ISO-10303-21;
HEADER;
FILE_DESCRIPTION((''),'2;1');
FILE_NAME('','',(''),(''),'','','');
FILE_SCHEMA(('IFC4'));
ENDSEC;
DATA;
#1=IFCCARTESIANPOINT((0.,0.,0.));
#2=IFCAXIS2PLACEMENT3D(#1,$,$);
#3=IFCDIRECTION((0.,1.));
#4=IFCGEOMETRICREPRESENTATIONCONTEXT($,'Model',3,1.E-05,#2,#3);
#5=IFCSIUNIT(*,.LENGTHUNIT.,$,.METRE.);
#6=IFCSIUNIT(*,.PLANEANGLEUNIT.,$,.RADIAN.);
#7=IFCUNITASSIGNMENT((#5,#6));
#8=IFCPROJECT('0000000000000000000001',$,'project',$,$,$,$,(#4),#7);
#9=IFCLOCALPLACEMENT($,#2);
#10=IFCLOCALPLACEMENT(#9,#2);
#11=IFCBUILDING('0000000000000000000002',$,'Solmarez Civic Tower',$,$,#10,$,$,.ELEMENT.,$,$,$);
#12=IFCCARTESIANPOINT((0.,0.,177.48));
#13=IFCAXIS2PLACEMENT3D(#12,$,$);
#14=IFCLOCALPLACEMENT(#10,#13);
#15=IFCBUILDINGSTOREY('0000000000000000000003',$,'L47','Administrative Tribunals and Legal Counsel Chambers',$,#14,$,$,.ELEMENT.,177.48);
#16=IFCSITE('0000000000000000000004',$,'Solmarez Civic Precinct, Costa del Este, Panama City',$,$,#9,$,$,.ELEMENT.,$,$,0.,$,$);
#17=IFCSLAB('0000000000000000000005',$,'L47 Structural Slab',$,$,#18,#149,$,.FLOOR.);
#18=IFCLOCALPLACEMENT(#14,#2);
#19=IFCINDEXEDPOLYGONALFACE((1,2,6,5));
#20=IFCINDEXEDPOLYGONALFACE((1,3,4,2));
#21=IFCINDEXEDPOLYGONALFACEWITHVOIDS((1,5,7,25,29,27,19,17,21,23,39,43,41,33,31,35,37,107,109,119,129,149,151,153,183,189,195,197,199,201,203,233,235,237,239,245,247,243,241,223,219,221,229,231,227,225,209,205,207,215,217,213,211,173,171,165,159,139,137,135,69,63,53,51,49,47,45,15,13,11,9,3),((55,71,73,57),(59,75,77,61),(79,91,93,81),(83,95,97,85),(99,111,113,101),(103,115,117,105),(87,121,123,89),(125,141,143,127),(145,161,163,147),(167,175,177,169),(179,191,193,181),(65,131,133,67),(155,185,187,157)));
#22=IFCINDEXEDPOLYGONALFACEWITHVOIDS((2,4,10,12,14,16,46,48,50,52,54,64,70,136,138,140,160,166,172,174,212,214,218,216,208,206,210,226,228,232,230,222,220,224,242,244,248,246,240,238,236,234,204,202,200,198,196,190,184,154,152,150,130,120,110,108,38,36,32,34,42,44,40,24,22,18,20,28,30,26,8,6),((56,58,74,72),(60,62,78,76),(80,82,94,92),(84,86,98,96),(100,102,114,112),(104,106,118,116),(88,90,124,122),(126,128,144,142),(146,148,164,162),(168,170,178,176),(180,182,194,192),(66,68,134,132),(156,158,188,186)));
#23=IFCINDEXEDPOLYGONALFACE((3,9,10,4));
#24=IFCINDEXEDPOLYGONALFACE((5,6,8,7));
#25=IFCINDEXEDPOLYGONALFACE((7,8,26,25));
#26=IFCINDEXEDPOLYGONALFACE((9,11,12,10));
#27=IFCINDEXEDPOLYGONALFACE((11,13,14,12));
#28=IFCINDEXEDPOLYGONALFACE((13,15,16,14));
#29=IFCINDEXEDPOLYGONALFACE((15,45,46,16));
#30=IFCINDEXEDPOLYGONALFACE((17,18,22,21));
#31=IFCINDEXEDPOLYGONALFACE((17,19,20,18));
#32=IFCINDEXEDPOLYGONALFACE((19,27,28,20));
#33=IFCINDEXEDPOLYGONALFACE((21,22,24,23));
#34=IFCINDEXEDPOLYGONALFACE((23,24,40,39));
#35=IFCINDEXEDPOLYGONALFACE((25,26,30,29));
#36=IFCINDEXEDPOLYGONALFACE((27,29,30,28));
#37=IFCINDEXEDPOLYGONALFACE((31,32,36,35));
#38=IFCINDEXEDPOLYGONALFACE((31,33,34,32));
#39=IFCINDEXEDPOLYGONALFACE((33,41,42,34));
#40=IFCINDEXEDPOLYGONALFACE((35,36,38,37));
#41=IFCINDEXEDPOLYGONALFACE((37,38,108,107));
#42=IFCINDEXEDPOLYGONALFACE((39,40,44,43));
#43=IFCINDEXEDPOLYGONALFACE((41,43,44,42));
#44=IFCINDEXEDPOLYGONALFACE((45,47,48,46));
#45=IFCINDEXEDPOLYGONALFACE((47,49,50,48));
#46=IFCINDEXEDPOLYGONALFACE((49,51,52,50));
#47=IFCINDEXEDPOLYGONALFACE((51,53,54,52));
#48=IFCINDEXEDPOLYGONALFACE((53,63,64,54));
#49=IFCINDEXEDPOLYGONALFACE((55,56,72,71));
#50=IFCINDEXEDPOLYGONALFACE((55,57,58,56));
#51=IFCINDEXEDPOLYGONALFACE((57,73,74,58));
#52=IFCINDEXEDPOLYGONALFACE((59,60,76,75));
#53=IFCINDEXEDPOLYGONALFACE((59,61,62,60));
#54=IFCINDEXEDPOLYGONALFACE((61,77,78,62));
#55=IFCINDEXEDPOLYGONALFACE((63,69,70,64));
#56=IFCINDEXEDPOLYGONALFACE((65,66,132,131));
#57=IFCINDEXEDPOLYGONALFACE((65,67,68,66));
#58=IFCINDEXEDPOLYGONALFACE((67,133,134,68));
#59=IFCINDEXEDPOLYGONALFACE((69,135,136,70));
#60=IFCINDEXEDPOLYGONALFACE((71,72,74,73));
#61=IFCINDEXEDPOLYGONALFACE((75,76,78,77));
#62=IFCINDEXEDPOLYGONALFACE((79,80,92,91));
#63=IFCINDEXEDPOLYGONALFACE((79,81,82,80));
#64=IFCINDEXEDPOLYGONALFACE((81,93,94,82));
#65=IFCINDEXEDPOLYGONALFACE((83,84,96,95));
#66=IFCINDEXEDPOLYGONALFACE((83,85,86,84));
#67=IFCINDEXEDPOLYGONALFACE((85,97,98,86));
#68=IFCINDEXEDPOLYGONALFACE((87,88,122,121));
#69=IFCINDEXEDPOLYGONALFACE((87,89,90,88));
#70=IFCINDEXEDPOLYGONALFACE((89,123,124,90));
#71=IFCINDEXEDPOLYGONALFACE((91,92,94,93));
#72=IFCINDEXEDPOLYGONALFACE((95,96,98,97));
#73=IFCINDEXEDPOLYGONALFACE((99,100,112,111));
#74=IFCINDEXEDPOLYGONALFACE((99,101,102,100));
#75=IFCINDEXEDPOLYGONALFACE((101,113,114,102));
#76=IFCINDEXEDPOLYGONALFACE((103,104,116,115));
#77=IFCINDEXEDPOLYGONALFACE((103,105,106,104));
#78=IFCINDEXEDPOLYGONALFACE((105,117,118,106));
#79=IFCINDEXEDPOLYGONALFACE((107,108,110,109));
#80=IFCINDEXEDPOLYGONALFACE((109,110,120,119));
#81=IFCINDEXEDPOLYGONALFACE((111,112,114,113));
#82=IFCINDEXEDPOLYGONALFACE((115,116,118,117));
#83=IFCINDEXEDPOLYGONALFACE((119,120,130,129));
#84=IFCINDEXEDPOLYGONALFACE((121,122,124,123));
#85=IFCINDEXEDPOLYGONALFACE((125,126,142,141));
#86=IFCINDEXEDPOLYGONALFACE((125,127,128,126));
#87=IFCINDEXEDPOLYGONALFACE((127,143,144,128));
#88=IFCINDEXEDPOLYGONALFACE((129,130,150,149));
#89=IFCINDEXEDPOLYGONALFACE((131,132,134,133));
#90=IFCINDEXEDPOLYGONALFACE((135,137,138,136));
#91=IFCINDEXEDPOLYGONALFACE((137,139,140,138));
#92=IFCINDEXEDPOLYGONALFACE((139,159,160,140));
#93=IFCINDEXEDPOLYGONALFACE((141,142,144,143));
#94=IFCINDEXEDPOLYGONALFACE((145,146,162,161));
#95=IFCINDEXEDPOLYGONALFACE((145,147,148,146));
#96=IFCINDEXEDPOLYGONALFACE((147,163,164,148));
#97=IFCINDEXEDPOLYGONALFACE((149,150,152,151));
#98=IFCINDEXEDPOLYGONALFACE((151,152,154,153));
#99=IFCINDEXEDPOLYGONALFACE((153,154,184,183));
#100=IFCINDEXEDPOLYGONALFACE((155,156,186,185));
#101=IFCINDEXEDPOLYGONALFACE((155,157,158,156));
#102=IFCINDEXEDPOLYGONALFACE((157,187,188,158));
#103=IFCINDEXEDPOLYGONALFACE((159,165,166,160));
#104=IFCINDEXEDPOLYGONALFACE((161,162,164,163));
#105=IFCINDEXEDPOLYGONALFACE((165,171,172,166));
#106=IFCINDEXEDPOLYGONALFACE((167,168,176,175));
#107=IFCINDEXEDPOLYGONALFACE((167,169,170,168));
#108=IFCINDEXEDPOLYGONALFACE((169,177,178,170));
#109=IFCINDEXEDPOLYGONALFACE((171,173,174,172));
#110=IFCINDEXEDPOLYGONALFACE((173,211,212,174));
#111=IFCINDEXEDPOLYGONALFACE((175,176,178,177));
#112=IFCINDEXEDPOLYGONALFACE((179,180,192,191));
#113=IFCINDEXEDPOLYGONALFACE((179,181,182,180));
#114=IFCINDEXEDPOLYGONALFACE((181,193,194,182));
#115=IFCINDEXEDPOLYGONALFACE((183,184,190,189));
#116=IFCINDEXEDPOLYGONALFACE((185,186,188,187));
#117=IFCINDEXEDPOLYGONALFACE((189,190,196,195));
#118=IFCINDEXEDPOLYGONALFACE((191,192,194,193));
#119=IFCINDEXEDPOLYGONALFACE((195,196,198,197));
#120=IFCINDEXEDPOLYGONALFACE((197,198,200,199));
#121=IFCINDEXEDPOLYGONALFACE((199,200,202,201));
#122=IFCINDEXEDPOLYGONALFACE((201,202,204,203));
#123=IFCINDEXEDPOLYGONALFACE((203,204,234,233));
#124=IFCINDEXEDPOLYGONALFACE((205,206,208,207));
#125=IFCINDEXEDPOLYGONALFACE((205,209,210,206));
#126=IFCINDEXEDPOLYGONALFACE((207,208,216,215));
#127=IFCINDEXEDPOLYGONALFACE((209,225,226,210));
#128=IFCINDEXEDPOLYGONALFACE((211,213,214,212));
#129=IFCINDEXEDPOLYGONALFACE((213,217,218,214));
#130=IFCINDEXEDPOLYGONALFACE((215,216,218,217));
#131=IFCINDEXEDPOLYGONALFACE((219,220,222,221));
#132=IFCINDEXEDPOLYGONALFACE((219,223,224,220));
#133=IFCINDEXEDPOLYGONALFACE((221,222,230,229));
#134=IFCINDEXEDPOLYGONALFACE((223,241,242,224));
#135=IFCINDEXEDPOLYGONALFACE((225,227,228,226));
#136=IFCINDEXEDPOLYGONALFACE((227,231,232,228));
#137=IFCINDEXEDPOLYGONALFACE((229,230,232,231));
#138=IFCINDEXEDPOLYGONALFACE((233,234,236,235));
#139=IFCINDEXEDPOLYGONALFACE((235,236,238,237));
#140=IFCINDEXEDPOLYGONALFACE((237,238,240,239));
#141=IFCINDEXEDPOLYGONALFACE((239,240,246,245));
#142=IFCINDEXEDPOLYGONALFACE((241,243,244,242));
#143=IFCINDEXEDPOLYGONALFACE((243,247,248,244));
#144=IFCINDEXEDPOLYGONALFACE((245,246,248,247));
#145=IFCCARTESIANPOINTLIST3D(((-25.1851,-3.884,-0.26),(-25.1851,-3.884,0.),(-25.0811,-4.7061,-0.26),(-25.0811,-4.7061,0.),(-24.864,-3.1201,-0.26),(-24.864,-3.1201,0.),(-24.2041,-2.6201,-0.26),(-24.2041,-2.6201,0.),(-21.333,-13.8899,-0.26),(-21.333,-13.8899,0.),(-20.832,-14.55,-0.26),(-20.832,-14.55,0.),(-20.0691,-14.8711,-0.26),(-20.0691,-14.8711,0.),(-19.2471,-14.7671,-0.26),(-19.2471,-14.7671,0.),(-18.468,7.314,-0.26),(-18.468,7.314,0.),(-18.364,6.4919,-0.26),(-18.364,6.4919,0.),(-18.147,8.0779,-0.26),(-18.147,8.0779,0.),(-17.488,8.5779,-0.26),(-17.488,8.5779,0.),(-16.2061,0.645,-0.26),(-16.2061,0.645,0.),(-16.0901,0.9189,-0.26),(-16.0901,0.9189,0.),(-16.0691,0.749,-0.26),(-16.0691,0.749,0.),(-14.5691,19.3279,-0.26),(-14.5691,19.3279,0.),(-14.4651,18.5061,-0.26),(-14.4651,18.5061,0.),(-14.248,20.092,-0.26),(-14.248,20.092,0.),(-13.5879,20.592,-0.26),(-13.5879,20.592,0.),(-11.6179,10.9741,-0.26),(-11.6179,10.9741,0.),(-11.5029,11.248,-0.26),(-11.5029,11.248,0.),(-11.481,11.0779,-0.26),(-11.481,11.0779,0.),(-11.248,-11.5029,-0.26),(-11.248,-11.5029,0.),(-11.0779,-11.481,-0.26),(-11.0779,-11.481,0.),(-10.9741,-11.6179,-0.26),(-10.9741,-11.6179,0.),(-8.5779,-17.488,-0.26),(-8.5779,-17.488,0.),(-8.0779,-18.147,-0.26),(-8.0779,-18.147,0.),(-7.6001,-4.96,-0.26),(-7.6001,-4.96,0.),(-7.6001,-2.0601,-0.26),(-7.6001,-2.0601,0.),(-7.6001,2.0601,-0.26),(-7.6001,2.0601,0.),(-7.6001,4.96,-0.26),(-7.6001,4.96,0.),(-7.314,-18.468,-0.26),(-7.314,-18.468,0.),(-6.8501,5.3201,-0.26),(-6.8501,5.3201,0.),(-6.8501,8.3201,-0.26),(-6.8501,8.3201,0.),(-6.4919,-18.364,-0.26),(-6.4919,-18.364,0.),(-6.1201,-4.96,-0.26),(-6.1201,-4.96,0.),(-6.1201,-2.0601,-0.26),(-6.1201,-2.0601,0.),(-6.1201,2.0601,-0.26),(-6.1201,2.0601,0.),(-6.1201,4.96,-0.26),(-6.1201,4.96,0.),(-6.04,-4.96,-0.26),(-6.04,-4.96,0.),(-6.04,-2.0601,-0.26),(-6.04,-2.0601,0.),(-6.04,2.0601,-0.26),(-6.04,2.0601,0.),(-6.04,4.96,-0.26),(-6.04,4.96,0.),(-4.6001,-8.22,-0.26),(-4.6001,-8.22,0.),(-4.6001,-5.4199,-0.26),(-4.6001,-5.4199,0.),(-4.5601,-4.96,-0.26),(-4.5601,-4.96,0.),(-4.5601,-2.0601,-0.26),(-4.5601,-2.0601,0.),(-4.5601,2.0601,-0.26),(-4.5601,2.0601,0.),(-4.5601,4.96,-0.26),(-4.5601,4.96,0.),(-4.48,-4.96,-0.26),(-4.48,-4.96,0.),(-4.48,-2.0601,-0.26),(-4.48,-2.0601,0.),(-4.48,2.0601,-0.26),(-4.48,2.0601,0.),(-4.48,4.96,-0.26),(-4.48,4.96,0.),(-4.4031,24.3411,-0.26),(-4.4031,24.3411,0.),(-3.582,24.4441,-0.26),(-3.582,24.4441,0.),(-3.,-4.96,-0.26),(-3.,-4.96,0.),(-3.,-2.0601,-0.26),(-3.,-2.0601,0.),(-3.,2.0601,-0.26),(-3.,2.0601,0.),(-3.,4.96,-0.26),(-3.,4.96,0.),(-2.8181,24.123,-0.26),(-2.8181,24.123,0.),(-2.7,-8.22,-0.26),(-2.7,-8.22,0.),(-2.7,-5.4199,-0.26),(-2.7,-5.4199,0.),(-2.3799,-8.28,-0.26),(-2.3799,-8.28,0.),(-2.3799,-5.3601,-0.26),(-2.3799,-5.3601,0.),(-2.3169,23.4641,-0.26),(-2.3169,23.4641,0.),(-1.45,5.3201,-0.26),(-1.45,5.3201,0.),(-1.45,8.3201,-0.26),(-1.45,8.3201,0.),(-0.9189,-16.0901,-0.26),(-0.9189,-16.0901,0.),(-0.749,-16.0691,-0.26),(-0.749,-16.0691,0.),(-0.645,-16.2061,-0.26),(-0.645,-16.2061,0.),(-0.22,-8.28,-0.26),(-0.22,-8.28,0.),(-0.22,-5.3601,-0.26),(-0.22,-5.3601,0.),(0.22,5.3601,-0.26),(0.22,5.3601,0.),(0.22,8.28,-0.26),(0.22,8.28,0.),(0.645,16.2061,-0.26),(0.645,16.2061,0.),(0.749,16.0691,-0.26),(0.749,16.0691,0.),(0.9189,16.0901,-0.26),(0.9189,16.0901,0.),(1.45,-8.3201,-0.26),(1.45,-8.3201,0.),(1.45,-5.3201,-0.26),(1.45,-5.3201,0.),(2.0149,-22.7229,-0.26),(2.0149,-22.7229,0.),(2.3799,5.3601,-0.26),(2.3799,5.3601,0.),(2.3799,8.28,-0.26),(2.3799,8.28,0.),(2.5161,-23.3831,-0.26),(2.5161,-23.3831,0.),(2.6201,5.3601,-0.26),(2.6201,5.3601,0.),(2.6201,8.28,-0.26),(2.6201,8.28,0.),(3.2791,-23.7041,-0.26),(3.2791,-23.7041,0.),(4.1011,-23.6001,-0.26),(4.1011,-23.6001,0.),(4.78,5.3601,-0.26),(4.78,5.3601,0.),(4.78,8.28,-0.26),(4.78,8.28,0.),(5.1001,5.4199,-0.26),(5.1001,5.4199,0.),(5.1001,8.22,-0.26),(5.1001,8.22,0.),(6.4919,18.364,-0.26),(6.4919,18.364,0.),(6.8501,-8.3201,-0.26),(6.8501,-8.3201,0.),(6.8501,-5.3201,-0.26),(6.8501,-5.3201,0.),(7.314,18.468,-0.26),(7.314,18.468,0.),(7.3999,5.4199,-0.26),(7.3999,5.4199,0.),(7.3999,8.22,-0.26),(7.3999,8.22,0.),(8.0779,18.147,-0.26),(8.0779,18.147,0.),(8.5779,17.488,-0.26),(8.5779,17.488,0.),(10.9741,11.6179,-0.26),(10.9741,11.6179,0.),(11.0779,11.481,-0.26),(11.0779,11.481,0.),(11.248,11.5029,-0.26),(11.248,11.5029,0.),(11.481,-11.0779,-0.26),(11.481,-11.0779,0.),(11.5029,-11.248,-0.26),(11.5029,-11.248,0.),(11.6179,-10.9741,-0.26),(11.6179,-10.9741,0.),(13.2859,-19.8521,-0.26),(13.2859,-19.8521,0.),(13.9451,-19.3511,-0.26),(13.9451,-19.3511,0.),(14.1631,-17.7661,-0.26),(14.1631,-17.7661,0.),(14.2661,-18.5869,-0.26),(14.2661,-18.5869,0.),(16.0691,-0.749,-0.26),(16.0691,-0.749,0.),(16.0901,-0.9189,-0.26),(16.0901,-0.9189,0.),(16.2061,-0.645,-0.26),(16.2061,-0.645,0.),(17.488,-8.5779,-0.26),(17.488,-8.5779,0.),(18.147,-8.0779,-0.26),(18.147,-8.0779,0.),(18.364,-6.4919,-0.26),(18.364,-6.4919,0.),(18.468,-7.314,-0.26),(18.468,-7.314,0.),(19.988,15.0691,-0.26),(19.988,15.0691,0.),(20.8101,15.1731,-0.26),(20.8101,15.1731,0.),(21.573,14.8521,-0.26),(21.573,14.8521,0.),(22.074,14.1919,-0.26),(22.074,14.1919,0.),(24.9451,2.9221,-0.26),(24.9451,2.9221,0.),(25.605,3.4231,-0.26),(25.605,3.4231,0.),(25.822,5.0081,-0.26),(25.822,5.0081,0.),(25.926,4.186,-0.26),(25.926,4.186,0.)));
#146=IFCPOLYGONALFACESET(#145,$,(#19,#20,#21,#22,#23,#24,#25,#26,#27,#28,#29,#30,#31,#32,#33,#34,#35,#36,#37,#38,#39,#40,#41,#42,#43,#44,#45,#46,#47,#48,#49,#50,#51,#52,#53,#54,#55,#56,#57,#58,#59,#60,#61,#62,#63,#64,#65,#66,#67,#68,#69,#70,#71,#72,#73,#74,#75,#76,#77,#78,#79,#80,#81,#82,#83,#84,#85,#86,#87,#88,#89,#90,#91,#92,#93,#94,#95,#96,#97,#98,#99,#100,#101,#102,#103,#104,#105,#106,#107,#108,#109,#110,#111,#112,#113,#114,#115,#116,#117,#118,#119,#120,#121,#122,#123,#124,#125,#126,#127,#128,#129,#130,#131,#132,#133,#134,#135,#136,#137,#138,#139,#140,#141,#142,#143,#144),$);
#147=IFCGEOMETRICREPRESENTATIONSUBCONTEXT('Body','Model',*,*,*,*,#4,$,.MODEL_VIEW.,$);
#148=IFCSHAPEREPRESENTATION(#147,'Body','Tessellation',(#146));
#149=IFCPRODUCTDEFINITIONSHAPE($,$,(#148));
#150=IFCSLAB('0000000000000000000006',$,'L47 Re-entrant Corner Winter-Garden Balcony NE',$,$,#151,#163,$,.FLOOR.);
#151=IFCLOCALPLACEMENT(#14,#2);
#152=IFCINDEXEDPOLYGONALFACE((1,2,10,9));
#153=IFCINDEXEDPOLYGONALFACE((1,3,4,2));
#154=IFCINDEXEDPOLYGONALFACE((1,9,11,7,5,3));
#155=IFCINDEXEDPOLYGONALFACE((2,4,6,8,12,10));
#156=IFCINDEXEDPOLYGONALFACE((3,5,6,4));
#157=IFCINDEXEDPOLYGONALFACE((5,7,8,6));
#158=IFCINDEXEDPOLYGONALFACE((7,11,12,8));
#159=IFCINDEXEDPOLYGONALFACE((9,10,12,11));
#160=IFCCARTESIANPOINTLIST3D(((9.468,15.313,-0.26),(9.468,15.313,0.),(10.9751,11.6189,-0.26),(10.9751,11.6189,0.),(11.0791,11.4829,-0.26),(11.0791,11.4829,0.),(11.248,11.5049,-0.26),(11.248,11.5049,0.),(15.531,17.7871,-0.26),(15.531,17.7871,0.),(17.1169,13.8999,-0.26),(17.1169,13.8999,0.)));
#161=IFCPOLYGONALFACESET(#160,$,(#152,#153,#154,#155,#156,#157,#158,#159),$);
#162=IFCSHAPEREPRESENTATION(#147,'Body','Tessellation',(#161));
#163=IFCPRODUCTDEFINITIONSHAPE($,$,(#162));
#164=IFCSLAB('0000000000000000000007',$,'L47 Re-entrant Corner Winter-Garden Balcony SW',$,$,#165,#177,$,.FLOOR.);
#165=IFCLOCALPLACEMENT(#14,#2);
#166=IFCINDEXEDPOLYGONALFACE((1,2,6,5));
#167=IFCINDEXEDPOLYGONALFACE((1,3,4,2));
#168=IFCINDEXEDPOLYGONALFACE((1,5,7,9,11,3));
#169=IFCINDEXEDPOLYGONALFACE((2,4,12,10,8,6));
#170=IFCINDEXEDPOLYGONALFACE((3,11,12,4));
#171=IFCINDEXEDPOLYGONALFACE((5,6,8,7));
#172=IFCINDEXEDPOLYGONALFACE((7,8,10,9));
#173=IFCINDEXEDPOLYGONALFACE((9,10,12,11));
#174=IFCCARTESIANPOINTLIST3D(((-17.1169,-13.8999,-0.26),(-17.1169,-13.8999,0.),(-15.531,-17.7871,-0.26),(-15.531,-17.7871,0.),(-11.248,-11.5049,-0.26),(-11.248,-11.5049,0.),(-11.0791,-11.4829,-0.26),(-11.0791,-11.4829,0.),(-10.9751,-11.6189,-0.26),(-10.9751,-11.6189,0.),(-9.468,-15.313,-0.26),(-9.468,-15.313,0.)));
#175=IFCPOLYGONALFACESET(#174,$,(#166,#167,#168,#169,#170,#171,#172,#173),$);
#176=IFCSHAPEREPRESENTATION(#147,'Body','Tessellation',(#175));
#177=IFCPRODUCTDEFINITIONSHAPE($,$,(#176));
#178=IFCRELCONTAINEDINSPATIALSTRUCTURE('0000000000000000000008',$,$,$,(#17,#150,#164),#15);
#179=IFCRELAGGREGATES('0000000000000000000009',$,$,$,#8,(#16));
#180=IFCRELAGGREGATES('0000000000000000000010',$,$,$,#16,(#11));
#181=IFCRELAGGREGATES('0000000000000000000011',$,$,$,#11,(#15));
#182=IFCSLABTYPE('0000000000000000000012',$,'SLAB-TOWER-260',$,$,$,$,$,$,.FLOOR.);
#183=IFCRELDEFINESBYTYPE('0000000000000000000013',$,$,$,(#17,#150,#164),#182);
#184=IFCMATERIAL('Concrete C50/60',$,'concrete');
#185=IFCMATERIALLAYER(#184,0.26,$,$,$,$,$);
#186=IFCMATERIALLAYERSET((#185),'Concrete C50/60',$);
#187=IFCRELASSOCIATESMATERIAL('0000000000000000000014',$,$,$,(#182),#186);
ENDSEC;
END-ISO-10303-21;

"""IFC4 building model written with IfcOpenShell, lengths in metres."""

from ifc_helpers import new_model, si_unit, direction, frame, origin, place, context, subcontext, project, spatial, polyline, outline, extrude, material, layer, layer_set, type_object, element, save


model = new_model("IFC4")

# Units and contexts
model_context = context("Model", 3, precision=1e-05, world=origin(), true_north=direction((0.0, 1.0)))
body_context = subcontext(model_context, "Body", "Model", "MODEL_VIEW")
ifc_project = project(units=[si_unit("LENGTHUNIT", "METRE"), si_unit("PLANEANGLEUNIT", "RADIAN")], contexts=[model_context])

# Site, building, storey
site_placement = place(None, origin())
site = spatial("IfcSite", under=ifc_project, at=site_placement, Name="Solmarez Civic Precinct, Costa del Este, Panama City", CompositionType="ELEMENT", RefElevation=0.0)
building_placement = place(site_placement, origin())
building = spatial("IfcBuilding", under=site, at=building_placement, Name="Solmarez Civic Tower", CompositionType="ELEMENT")
storey_placement = place(building_placement, frame((0.0, 0.0, 177.48)))
storey = spatial("IfcBuildingStorey", under=building, at=storey_placement, Name="L47", Description="Administrative Tribunals and Legal Counsel Chambers", CompositionType="ELEMENT", Elevation=177.48)

# Shared definitions
ifc_material_1 = material(Name="Concrete C50/60", Category="concrete")

# Slabs
ifc_layer_1 = layer(ifc_material_1, 0.26)
ifc_layer_set_1 = layer_set([ifc_layer_1], Name="Concrete C50/60")
slab_type_1 = type_object("IfcSlabType", Name="SLAB-TOWER-260", PredefinedType="FLOOR", material=ifc_layer_set_1)
slab_1_placement = place(storey_placement, frame((0.0, 0.0, -0.26)))
element("IfcSlab", 1, at=slab_1_placement, inside=storey, type_object=slab_type_1, Name="L47 Structural Slab", PredefinedType="FLOOR", context=body_context, shape_type="SweptSolid", body=[
    extrude(outline(polyline([(-10.9741, -11.6179), (-8.5779, -17.488), (-8.0779, -18.147), (-7.314, -18.468), (-6.4919, -18.364), (-0.9189, -16.0901), (-0.749, -16.0691), (-0.645, -16.2061), (2.0149, -22.7229), (2.5161, -23.3831), (3.2791, -23.7041), (4.1011, -23.6001), (13.2859, -19.8521), (13.9451, -19.3511), (14.2661, -18.5869), (14.1631, -17.7661), (11.5029, -11.248), (11.481, -11.0779), (11.6179, -10.9741), (17.488, -8.5779), (18.147, -8.0779), (18.468, -7.314), (18.364, -6.4919), (16.0901, -0.9189), (16.0691, -0.749), (16.2061, -0.645), (24.9451, 2.9221), (25.605, 3.4231), (25.926, 4.186), (25.822, 5.0081), (22.074, 14.1919), (21.573, 14.8521), (20.8101, 15.1731), (19.988, 15.0691), (11.248, 11.5029), (11.0779, 11.481), (10.9741, 11.6179), (8.5779, 17.488), (8.0779, 18.147), (7.314, 18.468), (6.4919, 18.364), (0.9189, 16.0901), (0.749, 16.0691), (0.645, 16.2061), (-2.3169, 23.4641), (-2.8181, 24.123), (-3.582, 24.4441), (-4.4031, 24.3411), (-13.5879, 20.592), (-14.248, 20.092), (-14.5691, 19.3279), (-14.4651, 18.5061), (-11.5029, 11.248), (-11.481, 11.0779), (-11.6179, 10.9741), (-17.488, 8.5779), (-18.147, 8.0779), (-18.468, 7.314), (-18.364, 6.4919), (-16.0901, 0.9189), (-16.0691, 0.749), (-16.2061, 0.645), (-24.2041, -2.6201), (-24.864, -3.1201), (-25.1851, -3.884), (-25.0811, -4.7061), (-21.333, -13.8899), (-20.832, -14.55), (-20.0691, -14.8711), (-19.2471, -14.7671), (-11.248, -11.5029), (-11.0779, -11.481), (-10.9741, -11.6179)]), holes=[polyline([(-1.45, 8.3201), (-6.8501, 8.3201), (-6.8501, 5.3201), (-1.45, 5.3201), (-1.45, 8.3201)]), polyline([(1.45, -8.3201), (6.8501, -8.3201), (6.8501, -5.3201), (1.45, -5.3201), (1.45, -8.3201)]), polyline([(0.22, 5.3601), (2.3799, 5.3601), (2.3799, 8.28), (0.22, 8.28), (0.22, 5.3601)]), polyline([(2.6201, 5.3601), (4.78, 5.3601), (4.78, 8.28), (2.6201, 8.28), (2.6201, 5.3601)]), polyline([(-2.3799, -8.28), (-0.22, -8.28), (-0.22, -5.3601), (-2.3799, -5.3601), (-2.3799, -8.28)]), polyline([(-7.6001, -4.96), (-6.1201, -4.96), (-6.1201, -2.0601), (-7.6001, -2.0601), (-7.6001, -4.96)]), polyline([(-6.04, -4.96), (-4.5601, -4.96), (-4.5601, -2.0601), (-6.04, -2.0601), (-6.04, -4.96)]), polyline([(-4.48, -4.96), (-3.0, -4.96), (-3.0, -2.0601), (-4.48, -2.0601), (-4.48, -4.96)]), polyline([(-7.6001, 2.0601), (-6.1201, 2.0601), (-6.1201, 4.96), (-7.6001, 4.96), (-7.6001, 2.0601)]), polyline([(-6.04, 2.0601), (-4.5601, 2.0601), (-4.5601, 4.96), (-6.04, 4.96), (-6.04, 2.0601)]), polyline([(-4.48, 2.0601), (-3.0, 2.0601), (-3.0, 4.96), (-4.48, 4.96), (-4.48, 2.0601)]), polyline([(5.1001, 5.4199), (7.3999, 5.4199), (7.3999, 8.22), (5.1001, 8.22), (5.1001, 5.4199)]), polyline([(-4.6001, -8.22), (-2.7, -8.22), (-2.7, -5.4199), (-4.6001, -5.4199), (-4.6001, -8.22)])]), origin(), (0.0, 0.0, 1.0), 0.26),
])
slab_2_placement = place(storey_placement, frame((0.0, 0.0, -0.26)))
element("IfcSlab", 2, at=slab_2_placement, inside=storey, type_object=slab_type_1, Name="L47 Re-entrant Corner Winter-Garden Balcony NE", PredefinedType="FLOOR", context=body_context, shape_type="SweptSolid", body=[
    extrude(outline(polyline([(9.468, 15.313), (10.9751, 11.6189), (11.0791, 11.4829), (11.248, 11.5049), (17.1169, 13.8999), (15.531, 17.7871), (9.468, 15.313)])), origin(), (0.0, 0.0, 1.0), 0.26),
])
slab_3_placement = place(storey_placement, frame((0.0, 0.0, -0.26)))
element("IfcSlab", 3, at=slab_3_placement, inside=storey, type_object=slab_type_1, Name="L47 Re-entrant Corner Winter-Garden Balcony SW", PredefinedType="FLOOR", context=body_context, shape_type="SweptSolid", body=[
    extrude(outline(polyline([(-9.468, -15.313), (-10.9751, -11.6189), (-11.0791, -11.4829), (-11.248, -11.5049), (-17.1169, -13.8999), (-15.531, -17.7871), (-9.468, -15.313)])), origin(), (0.0, 0.0, 1.0), 0.26),
])

save(model, "model.ifc")
